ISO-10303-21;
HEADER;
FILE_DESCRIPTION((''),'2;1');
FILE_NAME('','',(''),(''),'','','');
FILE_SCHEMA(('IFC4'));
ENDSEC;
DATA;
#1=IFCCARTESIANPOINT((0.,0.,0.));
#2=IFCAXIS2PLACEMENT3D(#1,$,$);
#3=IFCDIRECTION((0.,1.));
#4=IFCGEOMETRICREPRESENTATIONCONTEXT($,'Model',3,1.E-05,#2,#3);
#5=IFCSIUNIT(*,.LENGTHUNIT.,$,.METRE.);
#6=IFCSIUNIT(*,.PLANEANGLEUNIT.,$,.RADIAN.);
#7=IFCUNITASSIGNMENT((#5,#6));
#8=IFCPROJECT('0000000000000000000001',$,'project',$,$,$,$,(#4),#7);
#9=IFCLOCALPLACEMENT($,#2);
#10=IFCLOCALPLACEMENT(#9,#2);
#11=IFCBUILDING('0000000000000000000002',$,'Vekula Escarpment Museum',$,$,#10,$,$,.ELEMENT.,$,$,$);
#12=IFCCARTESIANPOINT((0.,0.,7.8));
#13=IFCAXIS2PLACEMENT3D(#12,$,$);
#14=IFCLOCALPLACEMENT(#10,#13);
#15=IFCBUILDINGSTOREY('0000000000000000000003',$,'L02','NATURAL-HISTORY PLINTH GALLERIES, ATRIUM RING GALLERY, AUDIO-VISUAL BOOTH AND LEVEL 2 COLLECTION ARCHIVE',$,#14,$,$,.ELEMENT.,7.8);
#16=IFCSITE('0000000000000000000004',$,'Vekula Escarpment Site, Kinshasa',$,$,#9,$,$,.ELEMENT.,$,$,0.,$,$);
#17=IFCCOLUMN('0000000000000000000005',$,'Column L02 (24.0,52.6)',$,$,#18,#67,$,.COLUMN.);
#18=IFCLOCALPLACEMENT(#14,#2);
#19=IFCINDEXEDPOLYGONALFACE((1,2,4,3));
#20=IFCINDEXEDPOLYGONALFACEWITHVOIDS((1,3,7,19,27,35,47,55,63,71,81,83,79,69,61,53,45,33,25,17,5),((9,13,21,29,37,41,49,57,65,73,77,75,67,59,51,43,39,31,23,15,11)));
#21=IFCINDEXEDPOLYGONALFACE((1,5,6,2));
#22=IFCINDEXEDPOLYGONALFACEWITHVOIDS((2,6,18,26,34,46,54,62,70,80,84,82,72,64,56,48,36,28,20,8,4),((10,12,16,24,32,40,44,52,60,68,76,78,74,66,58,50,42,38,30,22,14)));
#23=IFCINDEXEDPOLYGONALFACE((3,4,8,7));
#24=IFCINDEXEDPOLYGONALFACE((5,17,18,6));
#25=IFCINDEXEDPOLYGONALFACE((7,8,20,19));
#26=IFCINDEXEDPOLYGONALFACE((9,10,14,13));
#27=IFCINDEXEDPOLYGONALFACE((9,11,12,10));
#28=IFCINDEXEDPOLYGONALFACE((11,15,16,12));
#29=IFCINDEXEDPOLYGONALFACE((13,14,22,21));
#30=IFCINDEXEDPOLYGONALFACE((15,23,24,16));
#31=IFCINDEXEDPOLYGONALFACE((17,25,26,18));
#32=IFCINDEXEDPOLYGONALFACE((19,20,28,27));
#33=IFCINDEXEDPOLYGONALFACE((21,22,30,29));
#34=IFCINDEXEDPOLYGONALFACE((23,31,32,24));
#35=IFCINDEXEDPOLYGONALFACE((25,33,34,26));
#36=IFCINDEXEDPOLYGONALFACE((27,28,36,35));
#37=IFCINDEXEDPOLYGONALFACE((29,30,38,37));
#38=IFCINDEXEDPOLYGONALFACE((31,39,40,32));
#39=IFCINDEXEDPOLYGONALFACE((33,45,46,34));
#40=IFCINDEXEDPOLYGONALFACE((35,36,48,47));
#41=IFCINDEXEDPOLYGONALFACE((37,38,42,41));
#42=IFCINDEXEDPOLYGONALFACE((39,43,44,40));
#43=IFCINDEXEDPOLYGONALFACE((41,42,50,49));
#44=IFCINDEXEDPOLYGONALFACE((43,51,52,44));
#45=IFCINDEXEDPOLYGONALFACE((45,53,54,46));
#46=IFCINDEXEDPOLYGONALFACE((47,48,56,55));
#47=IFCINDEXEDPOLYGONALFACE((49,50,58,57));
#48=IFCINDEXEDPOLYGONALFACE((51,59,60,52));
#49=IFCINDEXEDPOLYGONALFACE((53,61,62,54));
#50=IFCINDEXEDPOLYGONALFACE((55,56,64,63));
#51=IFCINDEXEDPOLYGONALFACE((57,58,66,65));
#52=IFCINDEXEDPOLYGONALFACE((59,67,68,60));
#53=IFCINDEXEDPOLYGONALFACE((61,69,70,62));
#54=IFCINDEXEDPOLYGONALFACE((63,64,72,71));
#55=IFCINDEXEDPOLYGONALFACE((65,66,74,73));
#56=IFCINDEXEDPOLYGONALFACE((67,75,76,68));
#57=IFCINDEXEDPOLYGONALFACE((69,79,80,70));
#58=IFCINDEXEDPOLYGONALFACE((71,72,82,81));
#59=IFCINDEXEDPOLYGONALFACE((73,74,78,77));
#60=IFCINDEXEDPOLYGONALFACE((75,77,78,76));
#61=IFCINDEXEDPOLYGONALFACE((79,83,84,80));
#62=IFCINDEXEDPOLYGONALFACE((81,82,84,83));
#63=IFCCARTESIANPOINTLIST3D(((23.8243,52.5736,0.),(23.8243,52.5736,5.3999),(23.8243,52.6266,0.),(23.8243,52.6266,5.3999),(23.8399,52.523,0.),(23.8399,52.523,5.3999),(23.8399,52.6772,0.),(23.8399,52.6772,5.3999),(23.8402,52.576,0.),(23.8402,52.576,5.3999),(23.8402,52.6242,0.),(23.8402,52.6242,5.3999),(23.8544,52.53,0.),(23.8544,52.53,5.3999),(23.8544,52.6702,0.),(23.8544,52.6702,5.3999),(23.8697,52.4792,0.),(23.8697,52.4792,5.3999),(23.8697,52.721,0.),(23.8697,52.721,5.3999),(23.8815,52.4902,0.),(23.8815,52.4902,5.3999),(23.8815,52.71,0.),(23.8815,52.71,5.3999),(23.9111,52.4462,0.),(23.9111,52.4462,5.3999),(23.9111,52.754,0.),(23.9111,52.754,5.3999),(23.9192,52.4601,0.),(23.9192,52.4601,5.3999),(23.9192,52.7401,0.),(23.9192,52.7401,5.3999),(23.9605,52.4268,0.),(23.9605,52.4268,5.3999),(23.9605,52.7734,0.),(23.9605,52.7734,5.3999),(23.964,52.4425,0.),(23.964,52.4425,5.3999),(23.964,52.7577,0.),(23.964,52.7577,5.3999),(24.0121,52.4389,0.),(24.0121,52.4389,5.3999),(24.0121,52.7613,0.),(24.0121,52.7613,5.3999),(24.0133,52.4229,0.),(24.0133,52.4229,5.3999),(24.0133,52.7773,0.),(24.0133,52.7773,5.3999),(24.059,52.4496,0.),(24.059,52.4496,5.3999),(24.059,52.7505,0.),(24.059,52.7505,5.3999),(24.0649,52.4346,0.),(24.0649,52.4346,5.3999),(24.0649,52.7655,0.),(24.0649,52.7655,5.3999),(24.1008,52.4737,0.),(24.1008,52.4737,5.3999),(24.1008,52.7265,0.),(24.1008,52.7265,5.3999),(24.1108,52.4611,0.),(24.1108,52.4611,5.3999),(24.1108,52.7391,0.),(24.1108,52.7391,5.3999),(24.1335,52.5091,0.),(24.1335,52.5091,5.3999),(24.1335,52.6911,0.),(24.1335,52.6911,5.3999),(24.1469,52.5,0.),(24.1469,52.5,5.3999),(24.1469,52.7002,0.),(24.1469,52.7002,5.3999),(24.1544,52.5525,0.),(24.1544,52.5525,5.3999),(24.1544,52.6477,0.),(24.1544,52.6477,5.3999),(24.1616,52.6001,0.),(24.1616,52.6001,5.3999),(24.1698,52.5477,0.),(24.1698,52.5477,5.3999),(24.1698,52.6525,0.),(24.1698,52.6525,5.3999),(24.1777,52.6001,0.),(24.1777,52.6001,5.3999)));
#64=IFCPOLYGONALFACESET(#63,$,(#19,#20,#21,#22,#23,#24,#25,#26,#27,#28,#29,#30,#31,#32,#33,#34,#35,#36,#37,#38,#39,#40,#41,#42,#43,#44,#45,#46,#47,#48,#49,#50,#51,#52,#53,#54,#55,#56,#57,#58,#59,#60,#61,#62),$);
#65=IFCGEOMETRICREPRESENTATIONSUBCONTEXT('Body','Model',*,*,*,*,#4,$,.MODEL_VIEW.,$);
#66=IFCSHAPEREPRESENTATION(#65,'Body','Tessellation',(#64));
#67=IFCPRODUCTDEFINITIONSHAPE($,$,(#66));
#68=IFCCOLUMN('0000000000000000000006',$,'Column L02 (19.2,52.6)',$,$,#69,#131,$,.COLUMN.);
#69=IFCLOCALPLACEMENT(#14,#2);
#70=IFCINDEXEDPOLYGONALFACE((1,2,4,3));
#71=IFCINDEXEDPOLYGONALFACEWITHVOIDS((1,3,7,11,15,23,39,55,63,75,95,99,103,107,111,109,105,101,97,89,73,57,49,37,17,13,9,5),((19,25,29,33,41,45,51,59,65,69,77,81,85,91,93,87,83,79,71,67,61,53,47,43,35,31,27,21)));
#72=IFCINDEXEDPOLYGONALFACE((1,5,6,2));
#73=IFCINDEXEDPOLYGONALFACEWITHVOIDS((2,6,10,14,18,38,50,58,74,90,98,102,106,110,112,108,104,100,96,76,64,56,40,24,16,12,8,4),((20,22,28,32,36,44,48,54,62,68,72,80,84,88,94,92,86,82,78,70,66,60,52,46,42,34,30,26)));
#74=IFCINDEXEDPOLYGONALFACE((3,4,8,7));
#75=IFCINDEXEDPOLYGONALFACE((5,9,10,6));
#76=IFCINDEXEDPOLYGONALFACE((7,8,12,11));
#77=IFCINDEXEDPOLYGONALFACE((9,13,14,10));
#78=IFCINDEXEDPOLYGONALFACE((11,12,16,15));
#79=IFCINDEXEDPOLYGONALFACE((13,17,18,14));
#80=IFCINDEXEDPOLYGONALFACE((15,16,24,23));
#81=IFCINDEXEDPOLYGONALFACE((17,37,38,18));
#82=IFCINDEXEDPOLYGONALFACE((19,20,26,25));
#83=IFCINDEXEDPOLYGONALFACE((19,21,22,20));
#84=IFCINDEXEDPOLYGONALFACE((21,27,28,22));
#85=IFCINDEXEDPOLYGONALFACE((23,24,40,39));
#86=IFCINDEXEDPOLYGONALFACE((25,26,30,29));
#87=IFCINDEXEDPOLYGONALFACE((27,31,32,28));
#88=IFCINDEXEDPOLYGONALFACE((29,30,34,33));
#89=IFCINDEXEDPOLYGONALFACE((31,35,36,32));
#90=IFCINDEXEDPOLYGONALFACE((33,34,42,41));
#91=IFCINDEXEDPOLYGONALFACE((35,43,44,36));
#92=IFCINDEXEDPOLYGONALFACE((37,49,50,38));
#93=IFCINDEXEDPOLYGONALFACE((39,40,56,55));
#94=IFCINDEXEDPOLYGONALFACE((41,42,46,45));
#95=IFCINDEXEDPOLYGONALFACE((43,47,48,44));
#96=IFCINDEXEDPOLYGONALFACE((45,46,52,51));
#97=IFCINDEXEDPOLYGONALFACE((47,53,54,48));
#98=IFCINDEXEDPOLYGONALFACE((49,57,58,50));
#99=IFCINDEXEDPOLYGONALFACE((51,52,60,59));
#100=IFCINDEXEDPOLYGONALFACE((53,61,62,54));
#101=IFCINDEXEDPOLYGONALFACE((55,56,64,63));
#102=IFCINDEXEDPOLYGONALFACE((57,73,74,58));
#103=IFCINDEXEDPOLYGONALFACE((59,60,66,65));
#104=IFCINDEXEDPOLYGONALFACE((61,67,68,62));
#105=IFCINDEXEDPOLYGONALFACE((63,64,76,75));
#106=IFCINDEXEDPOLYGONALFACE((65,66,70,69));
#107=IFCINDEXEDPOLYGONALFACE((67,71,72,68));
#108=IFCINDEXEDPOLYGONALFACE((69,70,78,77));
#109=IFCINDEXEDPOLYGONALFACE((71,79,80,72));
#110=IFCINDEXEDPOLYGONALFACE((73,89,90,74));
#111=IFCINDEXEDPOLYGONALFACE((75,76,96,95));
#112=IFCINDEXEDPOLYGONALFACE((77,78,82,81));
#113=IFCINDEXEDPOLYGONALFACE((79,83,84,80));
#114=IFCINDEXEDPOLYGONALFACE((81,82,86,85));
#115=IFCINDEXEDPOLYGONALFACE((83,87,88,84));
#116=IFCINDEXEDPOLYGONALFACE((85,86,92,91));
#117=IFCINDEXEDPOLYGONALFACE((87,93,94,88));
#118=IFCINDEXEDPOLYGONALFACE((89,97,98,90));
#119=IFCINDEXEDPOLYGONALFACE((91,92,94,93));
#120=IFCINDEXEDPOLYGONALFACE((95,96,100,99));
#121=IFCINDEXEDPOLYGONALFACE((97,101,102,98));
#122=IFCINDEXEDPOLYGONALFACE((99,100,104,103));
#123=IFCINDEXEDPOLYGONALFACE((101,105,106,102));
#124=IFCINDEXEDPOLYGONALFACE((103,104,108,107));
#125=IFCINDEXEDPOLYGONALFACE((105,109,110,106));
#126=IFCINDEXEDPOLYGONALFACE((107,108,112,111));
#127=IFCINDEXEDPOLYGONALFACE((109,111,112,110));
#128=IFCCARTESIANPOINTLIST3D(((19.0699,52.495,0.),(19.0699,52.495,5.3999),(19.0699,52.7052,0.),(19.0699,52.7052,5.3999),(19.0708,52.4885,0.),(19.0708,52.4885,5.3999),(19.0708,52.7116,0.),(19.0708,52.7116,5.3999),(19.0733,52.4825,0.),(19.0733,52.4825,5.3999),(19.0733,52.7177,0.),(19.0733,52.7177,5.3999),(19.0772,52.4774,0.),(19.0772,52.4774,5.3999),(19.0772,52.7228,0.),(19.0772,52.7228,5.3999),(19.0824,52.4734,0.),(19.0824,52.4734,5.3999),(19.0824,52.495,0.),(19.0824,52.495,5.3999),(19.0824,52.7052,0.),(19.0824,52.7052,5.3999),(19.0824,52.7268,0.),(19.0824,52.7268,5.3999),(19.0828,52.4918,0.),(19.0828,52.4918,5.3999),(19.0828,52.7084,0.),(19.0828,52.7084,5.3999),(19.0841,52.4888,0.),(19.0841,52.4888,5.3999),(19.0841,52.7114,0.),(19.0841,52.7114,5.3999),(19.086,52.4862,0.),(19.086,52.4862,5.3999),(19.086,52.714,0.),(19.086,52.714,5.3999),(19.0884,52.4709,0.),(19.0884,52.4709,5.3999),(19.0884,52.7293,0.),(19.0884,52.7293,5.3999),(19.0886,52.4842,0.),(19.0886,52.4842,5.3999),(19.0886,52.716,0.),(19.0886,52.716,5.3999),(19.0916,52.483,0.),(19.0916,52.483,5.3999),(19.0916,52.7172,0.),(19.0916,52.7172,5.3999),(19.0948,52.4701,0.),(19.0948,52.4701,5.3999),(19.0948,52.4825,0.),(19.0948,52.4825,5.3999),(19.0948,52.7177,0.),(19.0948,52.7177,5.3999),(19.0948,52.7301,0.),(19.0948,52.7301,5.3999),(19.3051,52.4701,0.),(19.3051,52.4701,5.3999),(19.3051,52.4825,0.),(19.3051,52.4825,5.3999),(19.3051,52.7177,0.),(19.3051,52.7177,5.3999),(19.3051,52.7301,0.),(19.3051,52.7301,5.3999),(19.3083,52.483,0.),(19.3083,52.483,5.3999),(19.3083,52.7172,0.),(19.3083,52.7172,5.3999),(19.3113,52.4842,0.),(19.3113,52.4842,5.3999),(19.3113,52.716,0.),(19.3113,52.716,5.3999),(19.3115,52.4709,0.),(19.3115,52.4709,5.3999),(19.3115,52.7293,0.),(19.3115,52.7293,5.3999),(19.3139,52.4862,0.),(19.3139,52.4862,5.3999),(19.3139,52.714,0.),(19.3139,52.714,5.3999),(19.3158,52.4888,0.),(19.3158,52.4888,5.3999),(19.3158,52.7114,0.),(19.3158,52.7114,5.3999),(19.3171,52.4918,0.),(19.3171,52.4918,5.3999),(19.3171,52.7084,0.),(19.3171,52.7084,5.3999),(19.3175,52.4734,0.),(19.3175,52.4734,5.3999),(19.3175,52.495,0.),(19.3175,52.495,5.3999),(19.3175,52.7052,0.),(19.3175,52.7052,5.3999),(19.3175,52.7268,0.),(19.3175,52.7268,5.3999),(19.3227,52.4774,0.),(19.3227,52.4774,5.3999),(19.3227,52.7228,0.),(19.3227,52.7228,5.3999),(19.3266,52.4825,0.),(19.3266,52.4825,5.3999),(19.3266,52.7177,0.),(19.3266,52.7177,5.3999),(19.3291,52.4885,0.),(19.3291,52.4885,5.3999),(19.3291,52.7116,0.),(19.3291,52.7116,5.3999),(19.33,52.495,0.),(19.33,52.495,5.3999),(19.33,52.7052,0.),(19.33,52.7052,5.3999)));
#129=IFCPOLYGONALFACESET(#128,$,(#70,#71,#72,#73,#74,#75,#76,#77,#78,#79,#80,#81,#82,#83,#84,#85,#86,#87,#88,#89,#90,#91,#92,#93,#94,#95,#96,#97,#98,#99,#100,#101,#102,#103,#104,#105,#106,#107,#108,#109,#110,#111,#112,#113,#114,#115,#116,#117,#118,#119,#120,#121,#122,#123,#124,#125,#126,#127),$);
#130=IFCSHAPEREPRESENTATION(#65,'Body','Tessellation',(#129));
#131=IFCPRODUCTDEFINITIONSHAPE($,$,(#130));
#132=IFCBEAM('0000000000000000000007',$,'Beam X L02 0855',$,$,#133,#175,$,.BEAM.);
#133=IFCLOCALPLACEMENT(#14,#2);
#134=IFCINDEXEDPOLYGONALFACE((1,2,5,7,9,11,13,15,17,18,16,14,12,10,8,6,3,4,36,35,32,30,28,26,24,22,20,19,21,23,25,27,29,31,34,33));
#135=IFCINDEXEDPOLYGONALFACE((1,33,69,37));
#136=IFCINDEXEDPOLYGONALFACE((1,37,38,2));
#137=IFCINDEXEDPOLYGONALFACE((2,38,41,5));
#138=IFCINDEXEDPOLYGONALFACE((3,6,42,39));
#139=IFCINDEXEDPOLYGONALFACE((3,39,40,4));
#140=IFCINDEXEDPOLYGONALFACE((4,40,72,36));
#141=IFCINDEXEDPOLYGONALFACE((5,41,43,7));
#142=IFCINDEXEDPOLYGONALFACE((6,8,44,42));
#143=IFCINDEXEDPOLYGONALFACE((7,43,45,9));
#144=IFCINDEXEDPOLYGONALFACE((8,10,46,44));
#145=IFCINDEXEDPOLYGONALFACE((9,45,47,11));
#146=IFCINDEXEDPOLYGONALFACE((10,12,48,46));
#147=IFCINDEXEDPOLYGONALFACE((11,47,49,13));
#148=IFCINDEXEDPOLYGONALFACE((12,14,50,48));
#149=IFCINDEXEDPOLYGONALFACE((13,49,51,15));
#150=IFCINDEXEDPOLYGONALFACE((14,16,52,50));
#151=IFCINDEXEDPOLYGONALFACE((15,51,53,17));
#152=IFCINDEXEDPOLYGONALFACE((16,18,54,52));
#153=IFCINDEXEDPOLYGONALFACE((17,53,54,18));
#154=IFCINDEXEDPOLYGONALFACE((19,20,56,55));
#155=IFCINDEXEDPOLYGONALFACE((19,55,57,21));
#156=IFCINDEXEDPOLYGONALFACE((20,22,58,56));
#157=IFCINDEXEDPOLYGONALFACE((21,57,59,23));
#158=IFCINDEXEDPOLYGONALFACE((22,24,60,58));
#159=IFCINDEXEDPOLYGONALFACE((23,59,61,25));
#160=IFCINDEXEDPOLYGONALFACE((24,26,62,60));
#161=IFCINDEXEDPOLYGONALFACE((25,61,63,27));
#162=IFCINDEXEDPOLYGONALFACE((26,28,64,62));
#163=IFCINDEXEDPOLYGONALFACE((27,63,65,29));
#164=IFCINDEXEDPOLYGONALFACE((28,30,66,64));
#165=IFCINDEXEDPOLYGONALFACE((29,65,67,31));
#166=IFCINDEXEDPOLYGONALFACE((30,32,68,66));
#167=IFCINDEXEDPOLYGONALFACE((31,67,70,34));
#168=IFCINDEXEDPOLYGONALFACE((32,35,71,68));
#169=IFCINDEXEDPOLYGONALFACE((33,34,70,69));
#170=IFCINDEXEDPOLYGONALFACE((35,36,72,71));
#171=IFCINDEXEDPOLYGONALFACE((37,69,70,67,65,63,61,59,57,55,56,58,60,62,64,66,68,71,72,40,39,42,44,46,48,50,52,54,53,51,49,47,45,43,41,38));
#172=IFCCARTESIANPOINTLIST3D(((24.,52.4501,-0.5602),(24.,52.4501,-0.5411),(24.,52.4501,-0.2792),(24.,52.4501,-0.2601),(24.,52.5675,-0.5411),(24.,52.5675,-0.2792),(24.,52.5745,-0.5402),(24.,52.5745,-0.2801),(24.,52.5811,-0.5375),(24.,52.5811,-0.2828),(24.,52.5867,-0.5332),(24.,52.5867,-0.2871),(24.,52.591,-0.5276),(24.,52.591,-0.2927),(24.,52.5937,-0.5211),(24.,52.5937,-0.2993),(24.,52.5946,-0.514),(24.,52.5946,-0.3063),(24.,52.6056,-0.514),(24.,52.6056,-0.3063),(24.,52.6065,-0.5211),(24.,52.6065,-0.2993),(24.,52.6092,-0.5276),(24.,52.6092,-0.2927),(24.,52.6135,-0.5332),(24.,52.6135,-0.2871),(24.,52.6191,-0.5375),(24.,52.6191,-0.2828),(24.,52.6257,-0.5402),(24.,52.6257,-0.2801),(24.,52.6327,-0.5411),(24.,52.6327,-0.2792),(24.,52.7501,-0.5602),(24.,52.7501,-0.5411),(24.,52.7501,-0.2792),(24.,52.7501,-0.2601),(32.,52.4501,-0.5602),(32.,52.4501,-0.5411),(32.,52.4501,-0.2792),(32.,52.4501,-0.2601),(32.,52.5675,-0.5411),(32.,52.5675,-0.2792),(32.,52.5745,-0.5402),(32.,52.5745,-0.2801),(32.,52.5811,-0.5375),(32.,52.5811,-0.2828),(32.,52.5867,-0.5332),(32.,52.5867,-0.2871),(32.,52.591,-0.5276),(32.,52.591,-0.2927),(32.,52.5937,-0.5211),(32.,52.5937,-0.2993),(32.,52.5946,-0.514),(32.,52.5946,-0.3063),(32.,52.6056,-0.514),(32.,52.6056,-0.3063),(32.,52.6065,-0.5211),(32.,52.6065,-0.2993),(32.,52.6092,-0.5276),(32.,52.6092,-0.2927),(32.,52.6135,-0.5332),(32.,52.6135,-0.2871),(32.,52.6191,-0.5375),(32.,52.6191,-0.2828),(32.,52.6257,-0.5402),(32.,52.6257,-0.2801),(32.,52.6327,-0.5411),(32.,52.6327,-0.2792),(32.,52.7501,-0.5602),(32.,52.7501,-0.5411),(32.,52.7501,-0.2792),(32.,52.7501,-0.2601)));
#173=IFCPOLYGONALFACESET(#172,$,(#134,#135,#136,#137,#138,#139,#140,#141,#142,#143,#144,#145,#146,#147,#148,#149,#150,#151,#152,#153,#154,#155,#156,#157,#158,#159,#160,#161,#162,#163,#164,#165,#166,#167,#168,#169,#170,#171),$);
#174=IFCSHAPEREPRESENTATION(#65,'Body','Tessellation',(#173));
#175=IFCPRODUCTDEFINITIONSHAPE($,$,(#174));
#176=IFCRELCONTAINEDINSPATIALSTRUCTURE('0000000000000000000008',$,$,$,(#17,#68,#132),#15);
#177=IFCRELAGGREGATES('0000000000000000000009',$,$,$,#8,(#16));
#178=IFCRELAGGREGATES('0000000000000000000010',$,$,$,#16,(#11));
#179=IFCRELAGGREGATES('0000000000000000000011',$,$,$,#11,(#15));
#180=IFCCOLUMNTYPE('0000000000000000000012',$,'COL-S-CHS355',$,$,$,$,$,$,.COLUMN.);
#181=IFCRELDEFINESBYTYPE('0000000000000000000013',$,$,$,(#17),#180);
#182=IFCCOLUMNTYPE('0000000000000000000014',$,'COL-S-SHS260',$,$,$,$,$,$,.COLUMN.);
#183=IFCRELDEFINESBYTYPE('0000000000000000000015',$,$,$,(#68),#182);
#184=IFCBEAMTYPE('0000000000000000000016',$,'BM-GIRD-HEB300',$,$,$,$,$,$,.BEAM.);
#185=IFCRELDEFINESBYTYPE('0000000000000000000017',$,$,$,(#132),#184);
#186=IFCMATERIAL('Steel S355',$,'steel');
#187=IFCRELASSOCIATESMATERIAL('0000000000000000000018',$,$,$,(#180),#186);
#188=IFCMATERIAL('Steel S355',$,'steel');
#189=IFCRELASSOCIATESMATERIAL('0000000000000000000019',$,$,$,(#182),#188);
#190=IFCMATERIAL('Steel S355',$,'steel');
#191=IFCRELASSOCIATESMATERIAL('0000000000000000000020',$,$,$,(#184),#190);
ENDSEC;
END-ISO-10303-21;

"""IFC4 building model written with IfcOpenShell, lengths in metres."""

from ifc_helpers import new_model, si_unit, direction, frame, origin, origin_2d, place, context, subcontext, project, spatial, hollow_rectangle, hollow_circle, i_section, extrude, material, material_profile, profile_set, type_object, element, save


model = new_model("IFC4")

# Units and contexts
model_context = context("Model", 3, precision=1e-05, world=origin(), true_north=direction((0.0, 1.0)))
body_context = subcontext(model_context, "Body", "Model", "MODEL_VIEW")
ifc_project = project(units=[si_unit("LENGTHUNIT", "METRE"), si_unit("PLANEANGLEUNIT", "RADIAN")], contexts=[model_context])

# Site, building, storey
site_placement = place(None, origin())
site = spatial("IfcSite", under=ifc_project, at=site_placement, Name="Vekula Escarpment Site, Kinshasa", CompositionType="ELEMENT", RefElevation=0.0)
building_placement = place(site_placement, origin())
building = spatial("IfcBuilding", under=site, at=building_placement, Name="Vekula Escarpment Museum", CompositionType="ELEMENT")
storey_placement = place(building_placement, frame((0.0, 0.0, 7.8)))
storey = spatial("IfcBuildingStorey", under=building, at=storey_placement, Name="L02", Description="NATURAL-HISTORY PLINTH GALLERIES, ATRIUM RING GALLERY, AUDIO-VISUAL BOOTH AND LEVEL 2 COLLECTION ARCHIVE", CompositionType="ELEMENT", Elevation=7.8)

# Columns
ifc_material_1 = material(Name="Steel S355", Category="steel")
ifc_material_profile_1 = material_profile(ifc_material_1, hollow_circle(Radius=0.1777, WallThickness=0.0161, at=origin_2d()), Name="CHS 355.6x16")
ifc_profile_set_1 = profile_set([ifc_material_profile_1], Name="Steel S355")
column_type_1 = type_object("IfcColumnType", Name="COL-S-CHS355", PredefinedType="COLUMN", material=ifc_profile_set_1)
column_1_placement = place(storey_placement, frame((24.0, 52.6001, 0.0), z_axis=(0.0, 0.0, 1.0), x_axis=(1.0, 0.0, 0.0)))
element("IfcColumn", 1, at=column_1_placement, inside=storey, type_object=column_type_1, Name="Column L02 (24.0,52.6)", PredefinedType="COLUMN", context=body_context, shape_type="SweptSolid", body=[
    extrude(hollow_circle(Radius=0.1777, WallThickness=0.0161, at=origin_2d()), origin(), (0.0, 0.0, 1.0), 5.3999),
])
ifc_material_2 = material(Name="Steel S355", Category="steel")
ifc_material_profile_2 = material_profile(ifc_material_2, hollow_rectangle(XDim=0.26, YDim=0.26, WallThickness=0.0125, InnerFilletRadius=0.0125, OuterFilletRadius=0.0249, at=origin_2d()), Name="SHS 260x260x12.5")
ifc_profile_set_2 = profile_set([ifc_material_profile_2], Name="Steel S355")
column_type_2 = type_object("IfcColumnType", Name="COL-S-SHS260", PredefinedType="COLUMN", material=ifc_profile_set_2)
column_2_placement = place(storey_placement, frame((19.2, 52.6001, 0.0), z_axis=(0.0, 0.0, 1.0), x_axis=(1.0, 0.0, 0.0)))
element("IfcColumn", 2, at=column_2_placement, inside=storey, type_object=column_type_2, Name="Column L02 (19.2,52.6)", PredefinedType="COLUMN", context=body_context, shape_type="SweptSolid", body=[
    extrude(hollow_rectangle(XDim=0.26, YDim=0.26, WallThickness=0.0125, InnerFilletRadius=0.0125, OuterFilletRadius=0.0249, at=origin_2d()), origin(), (0.0, 0.0, 1.0), 5.3999),
])

# Beam
ifc_material_3 = material(Name="Steel S355", Category="steel")
ifc_material_profile_3 = material_profile(ifc_material_3, i_section(OverallWidth=0.3, OverallDepth=0.3, WebThickness=0.011, FlangeThickness=0.019, FilletRadius=0.0271, at=origin_2d()), Name="HEB 300")
ifc_profile_set_3 = profile_set([ifc_material_profile_3], Name="Steel S355")
beam_type_1 = type_object("IfcBeamType", Name="BM-GIRD-HEB300", PredefinedType="BEAM", material=ifc_profile_set_3)
beam_1_placement = place(storey_placement, frame((24.0, 52.6001, -0.4102), z_axis=(1.0, 0.0, 0.0), x_axis=(0.0, 1.0, 0.0)))
element("IfcBeam", 3, at=beam_1_placement, inside=storey, type_object=beam_type_1, Name="Beam X L02 0855", PredefinedType="BEAM", context=body_context, shape_type="SweptSolid", body=[
    extrude(i_section(OverallWidth=0.3, OverallDepth=0.3, WebThickness=0.011, FlangeThickness=0.019, FilletRadius=0.0271, at=origin_2d()), origin(), (0.0, 0.0, 1.0), 8.0),
])

save(model, "model.ifc")
